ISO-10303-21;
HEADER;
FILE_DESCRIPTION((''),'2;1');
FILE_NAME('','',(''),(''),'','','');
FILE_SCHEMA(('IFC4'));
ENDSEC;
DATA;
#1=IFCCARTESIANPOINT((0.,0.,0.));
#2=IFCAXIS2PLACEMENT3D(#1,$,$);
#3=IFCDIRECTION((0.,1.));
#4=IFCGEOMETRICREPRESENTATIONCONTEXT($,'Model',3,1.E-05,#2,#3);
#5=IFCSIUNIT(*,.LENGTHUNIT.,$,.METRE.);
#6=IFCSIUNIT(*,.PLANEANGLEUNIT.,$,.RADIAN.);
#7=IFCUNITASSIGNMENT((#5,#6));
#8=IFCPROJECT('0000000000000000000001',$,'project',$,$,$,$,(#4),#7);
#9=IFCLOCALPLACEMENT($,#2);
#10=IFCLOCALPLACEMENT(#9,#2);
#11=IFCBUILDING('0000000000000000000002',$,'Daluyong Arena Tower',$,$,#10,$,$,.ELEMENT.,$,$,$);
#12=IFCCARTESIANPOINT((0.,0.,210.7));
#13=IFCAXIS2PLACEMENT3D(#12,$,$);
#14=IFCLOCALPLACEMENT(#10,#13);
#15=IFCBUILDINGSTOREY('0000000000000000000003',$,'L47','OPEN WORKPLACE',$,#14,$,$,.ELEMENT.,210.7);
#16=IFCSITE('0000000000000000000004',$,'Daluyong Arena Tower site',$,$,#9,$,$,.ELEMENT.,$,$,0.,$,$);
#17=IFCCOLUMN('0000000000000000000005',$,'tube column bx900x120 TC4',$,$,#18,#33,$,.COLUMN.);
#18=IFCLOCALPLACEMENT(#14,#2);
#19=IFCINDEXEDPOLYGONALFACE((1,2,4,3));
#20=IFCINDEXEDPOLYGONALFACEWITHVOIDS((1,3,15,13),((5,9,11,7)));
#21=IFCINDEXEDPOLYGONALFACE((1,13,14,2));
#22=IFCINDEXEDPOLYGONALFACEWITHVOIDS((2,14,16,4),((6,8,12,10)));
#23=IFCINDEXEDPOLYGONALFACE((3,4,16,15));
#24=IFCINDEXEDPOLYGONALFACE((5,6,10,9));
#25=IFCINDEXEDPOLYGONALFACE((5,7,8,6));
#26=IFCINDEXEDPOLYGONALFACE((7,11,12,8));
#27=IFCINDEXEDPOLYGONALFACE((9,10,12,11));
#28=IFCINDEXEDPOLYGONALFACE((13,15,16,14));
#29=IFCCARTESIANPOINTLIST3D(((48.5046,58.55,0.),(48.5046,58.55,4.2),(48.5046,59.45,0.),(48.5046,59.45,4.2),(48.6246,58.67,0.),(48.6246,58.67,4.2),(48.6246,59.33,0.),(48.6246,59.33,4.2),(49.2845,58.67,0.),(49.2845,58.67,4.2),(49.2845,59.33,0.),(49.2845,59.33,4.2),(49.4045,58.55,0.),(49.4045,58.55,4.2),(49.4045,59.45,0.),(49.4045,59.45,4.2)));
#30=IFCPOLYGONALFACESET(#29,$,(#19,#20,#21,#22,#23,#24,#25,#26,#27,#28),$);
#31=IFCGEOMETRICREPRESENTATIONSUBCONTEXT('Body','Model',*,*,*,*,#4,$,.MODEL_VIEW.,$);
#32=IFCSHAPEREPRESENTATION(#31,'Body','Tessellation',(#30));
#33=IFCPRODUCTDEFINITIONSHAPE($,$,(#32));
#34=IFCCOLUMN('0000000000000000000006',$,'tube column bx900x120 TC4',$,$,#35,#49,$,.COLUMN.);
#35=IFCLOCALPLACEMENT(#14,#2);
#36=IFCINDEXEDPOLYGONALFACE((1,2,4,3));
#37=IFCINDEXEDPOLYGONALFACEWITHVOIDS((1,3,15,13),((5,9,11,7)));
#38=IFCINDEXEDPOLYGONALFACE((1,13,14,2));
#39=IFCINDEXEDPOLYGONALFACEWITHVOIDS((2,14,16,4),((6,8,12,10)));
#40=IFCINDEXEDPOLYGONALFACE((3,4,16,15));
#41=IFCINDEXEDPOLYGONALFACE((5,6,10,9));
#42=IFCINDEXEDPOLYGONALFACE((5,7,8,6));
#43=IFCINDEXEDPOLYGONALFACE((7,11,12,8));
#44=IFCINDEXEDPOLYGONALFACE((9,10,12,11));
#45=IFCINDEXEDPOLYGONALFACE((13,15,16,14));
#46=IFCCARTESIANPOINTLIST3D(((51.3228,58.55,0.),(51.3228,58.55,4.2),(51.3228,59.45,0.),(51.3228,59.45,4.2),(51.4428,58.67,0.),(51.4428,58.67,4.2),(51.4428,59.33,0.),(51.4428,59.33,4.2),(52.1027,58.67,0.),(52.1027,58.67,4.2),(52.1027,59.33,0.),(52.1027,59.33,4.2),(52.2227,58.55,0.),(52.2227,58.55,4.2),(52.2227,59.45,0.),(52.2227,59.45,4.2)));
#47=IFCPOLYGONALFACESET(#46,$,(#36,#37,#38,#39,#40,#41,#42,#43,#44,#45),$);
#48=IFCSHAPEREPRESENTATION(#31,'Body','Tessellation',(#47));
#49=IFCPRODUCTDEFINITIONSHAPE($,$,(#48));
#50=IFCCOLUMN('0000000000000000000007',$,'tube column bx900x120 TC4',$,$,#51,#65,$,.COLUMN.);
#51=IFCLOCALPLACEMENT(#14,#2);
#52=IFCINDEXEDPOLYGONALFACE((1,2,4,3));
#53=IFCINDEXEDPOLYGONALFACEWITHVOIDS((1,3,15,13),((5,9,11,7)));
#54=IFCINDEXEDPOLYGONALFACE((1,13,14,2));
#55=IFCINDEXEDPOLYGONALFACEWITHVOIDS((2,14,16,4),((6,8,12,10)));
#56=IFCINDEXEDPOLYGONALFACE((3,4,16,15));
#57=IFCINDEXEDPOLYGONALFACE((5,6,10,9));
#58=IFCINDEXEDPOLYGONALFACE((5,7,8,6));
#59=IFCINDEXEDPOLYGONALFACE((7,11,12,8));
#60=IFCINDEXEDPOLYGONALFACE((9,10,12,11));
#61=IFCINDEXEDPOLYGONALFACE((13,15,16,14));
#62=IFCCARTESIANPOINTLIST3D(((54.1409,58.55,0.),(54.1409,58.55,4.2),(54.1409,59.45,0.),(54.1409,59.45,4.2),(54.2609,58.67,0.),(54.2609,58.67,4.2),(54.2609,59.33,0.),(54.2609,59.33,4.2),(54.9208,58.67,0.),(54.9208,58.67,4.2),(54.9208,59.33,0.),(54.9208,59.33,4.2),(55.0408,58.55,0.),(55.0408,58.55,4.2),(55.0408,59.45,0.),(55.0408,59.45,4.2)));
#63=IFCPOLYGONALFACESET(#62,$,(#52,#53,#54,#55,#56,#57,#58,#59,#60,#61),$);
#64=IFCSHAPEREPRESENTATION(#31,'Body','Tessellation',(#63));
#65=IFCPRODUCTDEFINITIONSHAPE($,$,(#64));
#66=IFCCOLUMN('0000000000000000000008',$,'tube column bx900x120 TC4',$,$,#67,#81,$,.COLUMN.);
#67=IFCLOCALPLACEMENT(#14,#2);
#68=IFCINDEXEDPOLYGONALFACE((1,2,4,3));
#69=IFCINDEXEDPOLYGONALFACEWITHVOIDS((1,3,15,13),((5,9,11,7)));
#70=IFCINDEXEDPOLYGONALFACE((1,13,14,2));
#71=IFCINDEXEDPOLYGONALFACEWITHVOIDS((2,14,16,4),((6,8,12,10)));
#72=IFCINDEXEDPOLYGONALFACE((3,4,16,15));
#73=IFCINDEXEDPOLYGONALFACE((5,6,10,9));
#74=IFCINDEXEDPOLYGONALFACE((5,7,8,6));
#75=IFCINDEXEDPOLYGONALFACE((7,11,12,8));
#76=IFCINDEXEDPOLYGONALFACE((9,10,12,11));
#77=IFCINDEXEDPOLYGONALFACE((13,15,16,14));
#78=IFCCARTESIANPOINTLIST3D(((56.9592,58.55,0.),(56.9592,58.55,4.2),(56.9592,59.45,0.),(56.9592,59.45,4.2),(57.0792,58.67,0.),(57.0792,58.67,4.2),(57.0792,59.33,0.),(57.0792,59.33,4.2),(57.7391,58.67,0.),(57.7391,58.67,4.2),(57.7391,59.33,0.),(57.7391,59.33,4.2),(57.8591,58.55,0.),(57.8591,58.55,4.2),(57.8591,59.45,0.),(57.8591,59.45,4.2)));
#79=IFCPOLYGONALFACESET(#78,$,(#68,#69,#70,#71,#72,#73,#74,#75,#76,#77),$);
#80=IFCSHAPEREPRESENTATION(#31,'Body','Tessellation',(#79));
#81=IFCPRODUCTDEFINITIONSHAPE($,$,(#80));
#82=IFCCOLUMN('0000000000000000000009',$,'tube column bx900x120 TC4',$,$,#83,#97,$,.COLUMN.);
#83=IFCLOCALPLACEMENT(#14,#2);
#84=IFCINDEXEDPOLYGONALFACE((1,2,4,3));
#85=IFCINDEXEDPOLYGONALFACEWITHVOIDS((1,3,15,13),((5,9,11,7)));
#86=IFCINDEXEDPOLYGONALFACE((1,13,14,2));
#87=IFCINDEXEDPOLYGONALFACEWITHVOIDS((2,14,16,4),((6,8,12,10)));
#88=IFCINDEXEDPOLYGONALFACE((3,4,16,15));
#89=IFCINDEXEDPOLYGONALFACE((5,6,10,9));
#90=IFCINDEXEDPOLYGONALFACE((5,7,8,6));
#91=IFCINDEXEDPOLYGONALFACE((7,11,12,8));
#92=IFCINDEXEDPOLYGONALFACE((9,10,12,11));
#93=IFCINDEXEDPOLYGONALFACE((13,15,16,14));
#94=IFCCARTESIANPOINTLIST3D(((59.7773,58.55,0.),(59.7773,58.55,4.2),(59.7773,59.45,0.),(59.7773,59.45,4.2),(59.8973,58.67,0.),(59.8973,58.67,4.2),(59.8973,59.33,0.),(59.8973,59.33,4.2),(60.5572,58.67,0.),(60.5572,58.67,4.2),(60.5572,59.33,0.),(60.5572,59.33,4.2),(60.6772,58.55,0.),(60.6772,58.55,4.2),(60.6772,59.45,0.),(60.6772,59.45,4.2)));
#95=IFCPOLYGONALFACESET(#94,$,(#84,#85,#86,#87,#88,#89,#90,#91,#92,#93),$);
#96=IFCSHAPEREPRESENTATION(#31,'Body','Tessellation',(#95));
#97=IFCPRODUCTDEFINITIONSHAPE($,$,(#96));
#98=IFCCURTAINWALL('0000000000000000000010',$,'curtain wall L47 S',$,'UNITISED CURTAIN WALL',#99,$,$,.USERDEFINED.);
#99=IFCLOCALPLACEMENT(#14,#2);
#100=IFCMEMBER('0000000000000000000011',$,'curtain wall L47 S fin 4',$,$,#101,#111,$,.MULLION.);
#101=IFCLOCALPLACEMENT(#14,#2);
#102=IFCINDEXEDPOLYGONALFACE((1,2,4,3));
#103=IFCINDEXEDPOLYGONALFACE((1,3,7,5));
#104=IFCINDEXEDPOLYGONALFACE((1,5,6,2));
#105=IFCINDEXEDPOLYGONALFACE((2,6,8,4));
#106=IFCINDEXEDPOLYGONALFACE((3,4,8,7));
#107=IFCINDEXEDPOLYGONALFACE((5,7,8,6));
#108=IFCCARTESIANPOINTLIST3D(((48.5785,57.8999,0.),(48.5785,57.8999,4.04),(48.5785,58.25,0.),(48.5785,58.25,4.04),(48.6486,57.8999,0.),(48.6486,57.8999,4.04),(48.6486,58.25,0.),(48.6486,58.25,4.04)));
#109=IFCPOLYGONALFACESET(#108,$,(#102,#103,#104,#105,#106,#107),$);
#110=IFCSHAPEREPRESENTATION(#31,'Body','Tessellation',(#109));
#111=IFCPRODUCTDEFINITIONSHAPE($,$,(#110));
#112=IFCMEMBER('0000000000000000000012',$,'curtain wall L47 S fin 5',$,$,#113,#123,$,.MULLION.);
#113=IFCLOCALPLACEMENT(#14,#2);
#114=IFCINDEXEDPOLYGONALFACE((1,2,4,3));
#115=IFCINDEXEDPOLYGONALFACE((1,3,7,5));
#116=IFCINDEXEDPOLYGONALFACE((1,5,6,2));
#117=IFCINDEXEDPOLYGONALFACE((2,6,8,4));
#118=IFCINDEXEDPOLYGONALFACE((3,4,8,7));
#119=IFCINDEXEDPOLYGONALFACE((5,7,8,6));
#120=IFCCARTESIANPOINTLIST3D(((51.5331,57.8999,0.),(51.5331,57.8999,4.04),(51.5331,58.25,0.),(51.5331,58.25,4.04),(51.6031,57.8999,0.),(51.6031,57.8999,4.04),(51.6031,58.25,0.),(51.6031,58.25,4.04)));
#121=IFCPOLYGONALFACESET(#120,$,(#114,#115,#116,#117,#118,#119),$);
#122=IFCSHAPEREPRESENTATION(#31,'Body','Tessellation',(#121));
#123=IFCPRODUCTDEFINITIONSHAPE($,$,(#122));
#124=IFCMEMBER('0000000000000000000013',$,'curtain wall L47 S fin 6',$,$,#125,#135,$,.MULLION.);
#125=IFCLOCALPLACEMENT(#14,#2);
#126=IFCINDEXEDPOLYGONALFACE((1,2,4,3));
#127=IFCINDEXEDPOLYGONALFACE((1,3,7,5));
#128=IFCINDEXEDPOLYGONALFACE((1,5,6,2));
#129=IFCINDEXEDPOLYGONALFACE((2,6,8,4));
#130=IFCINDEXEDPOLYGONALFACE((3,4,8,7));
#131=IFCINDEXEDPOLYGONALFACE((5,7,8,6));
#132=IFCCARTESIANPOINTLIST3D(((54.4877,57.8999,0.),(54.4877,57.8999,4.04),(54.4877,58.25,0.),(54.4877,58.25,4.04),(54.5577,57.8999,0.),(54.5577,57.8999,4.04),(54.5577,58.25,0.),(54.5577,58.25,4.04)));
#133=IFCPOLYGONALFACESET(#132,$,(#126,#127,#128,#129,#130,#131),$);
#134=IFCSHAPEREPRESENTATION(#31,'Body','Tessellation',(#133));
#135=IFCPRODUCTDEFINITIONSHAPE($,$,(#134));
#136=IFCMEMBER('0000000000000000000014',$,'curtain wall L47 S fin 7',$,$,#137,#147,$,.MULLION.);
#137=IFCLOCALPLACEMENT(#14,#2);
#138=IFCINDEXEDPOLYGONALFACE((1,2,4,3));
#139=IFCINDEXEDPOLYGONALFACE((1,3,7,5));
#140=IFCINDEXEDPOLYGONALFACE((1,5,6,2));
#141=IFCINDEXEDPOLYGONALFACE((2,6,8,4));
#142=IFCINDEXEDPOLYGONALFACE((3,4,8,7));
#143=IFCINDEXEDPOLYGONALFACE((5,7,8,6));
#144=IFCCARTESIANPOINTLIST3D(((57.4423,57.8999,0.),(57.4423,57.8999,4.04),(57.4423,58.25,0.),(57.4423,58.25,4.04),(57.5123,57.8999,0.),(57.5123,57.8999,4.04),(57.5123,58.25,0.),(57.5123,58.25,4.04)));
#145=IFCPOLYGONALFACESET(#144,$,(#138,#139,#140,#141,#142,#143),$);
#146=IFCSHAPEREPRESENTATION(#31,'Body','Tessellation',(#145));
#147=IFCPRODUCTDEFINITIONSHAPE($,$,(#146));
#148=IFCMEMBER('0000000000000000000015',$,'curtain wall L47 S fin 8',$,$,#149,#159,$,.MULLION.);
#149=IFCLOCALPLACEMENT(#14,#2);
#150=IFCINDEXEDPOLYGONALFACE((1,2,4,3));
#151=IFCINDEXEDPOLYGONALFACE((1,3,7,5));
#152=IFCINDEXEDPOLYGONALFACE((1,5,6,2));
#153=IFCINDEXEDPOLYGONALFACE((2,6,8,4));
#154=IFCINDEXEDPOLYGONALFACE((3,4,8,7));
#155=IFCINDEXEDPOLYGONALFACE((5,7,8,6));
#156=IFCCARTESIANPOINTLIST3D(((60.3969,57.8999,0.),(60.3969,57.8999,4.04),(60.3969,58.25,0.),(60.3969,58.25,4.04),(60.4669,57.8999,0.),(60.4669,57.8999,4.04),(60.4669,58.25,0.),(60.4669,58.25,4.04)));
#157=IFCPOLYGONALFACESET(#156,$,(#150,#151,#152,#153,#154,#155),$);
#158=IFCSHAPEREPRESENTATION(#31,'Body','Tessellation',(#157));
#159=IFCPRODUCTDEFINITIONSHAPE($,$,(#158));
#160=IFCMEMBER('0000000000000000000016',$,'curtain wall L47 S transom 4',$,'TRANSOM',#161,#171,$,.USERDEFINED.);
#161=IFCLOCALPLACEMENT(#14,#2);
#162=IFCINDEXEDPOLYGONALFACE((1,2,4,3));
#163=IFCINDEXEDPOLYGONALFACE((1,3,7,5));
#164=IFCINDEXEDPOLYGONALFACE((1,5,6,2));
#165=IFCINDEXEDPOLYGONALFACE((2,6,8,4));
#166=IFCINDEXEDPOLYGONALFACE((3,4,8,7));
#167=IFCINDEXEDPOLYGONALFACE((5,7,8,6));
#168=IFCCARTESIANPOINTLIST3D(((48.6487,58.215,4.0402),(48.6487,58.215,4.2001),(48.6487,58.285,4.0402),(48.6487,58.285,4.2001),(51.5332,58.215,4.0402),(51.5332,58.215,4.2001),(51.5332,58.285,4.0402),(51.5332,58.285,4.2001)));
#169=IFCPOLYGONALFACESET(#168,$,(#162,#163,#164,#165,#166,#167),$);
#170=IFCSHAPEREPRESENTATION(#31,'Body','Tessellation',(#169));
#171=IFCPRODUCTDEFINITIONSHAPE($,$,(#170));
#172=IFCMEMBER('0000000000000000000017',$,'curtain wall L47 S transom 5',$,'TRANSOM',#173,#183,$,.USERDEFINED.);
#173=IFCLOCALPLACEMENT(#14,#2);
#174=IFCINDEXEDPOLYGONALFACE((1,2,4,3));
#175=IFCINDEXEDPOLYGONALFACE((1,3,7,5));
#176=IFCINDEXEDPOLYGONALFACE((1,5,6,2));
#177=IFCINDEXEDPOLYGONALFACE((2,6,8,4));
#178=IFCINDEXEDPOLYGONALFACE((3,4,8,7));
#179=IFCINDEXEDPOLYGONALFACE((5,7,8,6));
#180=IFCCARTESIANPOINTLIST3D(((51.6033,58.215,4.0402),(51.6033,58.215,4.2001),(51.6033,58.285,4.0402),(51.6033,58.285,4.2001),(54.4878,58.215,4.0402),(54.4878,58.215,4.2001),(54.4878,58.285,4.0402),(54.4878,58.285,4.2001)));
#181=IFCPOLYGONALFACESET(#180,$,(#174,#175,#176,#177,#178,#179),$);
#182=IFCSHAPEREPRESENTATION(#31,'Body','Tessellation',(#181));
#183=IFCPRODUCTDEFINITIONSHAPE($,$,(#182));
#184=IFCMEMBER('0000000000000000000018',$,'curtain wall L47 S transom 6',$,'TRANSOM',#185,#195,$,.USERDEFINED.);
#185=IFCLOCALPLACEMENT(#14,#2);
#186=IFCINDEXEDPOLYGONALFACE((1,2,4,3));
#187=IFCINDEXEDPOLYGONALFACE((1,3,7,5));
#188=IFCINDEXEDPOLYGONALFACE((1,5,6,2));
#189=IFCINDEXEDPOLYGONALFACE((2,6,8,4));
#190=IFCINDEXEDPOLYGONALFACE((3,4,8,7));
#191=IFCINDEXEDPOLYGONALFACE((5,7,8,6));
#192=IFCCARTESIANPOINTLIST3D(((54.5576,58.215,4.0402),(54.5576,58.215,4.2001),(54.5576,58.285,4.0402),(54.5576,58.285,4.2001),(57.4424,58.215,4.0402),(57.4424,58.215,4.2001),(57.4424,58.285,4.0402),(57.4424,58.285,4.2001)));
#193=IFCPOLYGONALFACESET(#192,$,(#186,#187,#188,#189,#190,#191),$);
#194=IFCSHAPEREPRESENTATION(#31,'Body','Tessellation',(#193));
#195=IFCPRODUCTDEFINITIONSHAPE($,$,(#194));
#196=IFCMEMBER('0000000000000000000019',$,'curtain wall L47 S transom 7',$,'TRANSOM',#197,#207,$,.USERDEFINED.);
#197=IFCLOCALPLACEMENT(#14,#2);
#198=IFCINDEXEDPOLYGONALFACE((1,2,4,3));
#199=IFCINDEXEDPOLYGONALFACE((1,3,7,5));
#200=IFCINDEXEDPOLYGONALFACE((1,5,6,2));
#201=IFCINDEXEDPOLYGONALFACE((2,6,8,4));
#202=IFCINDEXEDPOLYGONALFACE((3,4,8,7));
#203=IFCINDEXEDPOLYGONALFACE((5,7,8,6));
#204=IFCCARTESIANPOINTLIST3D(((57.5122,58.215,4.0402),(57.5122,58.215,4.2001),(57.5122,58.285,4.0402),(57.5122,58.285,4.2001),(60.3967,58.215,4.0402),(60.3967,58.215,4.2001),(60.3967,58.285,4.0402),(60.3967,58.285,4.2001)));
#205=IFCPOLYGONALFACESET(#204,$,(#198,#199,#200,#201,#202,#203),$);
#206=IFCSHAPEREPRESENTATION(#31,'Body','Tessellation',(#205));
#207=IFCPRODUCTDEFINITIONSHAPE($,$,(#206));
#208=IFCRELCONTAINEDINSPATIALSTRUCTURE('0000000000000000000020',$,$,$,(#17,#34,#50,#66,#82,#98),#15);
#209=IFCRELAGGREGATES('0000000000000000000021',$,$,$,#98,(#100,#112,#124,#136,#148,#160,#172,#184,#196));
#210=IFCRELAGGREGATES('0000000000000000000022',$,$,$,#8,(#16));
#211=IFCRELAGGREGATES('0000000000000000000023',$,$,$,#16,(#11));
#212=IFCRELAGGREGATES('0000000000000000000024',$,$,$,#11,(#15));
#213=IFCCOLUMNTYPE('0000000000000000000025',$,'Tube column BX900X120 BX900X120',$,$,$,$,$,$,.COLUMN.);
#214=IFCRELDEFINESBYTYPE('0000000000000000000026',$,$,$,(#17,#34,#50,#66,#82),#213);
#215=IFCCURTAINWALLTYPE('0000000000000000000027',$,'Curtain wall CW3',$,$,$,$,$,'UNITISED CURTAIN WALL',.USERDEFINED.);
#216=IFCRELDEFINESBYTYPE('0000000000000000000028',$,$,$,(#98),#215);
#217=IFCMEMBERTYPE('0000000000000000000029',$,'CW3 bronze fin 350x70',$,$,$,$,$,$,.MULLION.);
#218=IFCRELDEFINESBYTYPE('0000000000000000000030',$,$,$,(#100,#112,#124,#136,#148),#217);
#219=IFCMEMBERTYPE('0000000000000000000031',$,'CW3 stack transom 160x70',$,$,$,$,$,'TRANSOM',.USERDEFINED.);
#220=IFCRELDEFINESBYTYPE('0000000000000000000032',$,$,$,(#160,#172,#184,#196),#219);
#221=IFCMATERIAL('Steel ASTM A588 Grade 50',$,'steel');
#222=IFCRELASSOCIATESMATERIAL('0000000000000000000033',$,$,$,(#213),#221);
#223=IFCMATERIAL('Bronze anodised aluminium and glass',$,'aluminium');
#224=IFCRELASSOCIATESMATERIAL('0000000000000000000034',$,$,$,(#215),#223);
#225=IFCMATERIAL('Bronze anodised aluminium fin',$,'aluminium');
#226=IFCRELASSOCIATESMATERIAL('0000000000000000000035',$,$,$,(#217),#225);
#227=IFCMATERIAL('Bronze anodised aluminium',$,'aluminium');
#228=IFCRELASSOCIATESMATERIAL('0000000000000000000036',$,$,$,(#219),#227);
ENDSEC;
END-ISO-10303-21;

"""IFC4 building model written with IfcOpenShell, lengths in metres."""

from ifc_helpers import new_model, si_unit, direction, frame, origin, origin_2d, place, context, subcontext, project, spatial, rectangle, hollow_rectangle, extrude, material, material_profile, profile_set, type_object, element, aggregate, save


model = new_model("IFC4")

# Units and contexts
model_context = context("Model", 3, precision=1e-05, world=origin(), true_north=direction((0.0, 1.0)))
body_context = subcontext(model_context, "Body", "Model", "MODEL_VIEW")
ifc_project = project(units=[si_unit("LENGTHUNIT", "METRE"), si_unit("PLANEANGLEUNIT", "RADIAN")], contexts=[model_context])

# Site, building, storey
site_placement = place(None, origin())
site = spatial("IfcSite", under=ifc_project, at=site_placement, Name="Daluyong Arena Tower site", CompositionType="ELEMENT", RefElevation=0.0)
building_placement = place(site_placement, origin())
building = spatial("IfcBuilding", under=site, at=building_placement, Name="Daluyong Arena Tower", CompositionType="ELEMENT")
storey_placement = place(building_placement, frame((0.0, 0.0, 210.7)))
storey = spatial("IfcBuildingStorey", under=building, at=storey_placement, Name="L47", Description="OPEN WORKPLACE", CompositionType="ELEMENT", Elevation=210.7)

# Columns
ifc_material_1 = material(Name="Steel ASTM A588 Grade 50", Category="steel")
ifc_material_profile_1 = material_profile(ifc_material_1, hollow_rectangle(XDim=0.8999, YDim=0.8999, WallThickness=0.12, at=origin_2d()))
ifc_profile_set_1 = profile_set([ifc_material_profile_1], Name="Steel ASTM A588 Grade 50")
column_type = type_object("IfcColumnType", Name="Tube column BX900X120 BX900X120", PredefinedType="COLUMN", material=ifc_profile_set_1)
for number, where, z_axis, x_axis, name in (
    (1, (48.9546, 59.0, 0.0), (0.0, 0.0, 1.0), (1.0, 0.0, 0.0), "tube column bx900x120 TC4"),
    (2, (51.7727, 59.0, 0.0), (0.0, 0.0, 1.0), (1.0, 0.0, 0.0), "tube column bx900x120 TC4"),
    (3, (54.5908, 59.0, 0.0), (0.0, 0.0, 1.0), (1.0, 0.0, 0.0), "tube column bx900x120 TC4"),
    (4, (57.4092, 59.0, 0.0), (0.0, 0.0, 1.0), (1.0, 0.0, 0.0), "tube column bx900x120 TC4"),
    (5, (60.2273, 59.0, 0.0), (0.0, 0.0, 1.0), (1.0, 0.0, 0.0), "tube column bx900x120 TC4"),
):
    element("IfcColumn", number, at=place(storey_placement, frame(where, z_axis=z_axis, x_axis=x_axis)), inside=storey, type_object=column_type, Name=name, PredefinedType="COLUMN", context=body_context, shape_type="SweptSolid", body=[
        extrude(hollow_rectangle(XDim=0.8999, YDim=0.8999, WallThickness=0.12, at=origin_2d()), origin(), (0.0, 0.0, 1.0), 4.2),
    ])

# Curtain wall, members
ifc_material_2 = material(Name="Bronze anodised aluminium and glass", Category="aluminium")
curtain_wall_type = type_object("IfcCurtainWallType", Name="Curtain wall CW3", ElementType="UNITISED CURTAIN WALL", PredefinedType="USERDEFINED", material=ifc_material_2)
curtain_wall_placement = place(storey_placement, origin())
curtain_wall = element("IfcCurtainWall", 6, at=curtain_wall_placement, inside=storey, type_object=curtain_wall_type, Name="curtain wall L47 S", ObjectType="UNITISED CURTAIN WALL", PredefinedType="USERDEFINED")
ifc_material_3 = material(Name="Bronze anodised aluminium fin", Category="aluminium")
ifc_material_profile_2 = material_profile(ifc_material_3, rectangle(XDim=0.3501, YDim=0.0701, at=origin_2d()))
ifc_profile_set_2 = profile_set([ifc_material_profile_2], Name="Bronze anodised aluminium fin")
member_type_1 = type_object("IfcMemberType", Name="CW3 bronze fin 350x70", PredefinedType="MULLION", material=ifc_profile_set_2)
member_1_placement = place(storey_placement, frame((48.6135, 58.075, 0.0), z_axis=(0.0, 0.0, 1.0), x_axis=(0.0, 1.0, 0.0)))
member_1 = element("IfcMember", 7, at=member_1_placement, type_object=member_type_1, Name="curtain wall L47 S fin 4", PredefinedType="MULLION", context=body_context, shape_type="SweptSolid", body=[
    extrude(rectangle(XDim=0.3501, YDim=0.0701, at=origin_2d()), origin(), (0.0, 0.0, 1.0), 4.04),
])
member_2_placement = place(storey_placement, frame((51.5681, 58.075, 0.0), z_axis=(0.0, 0.0, 1.0), x_axis=(0.0, 1.0, 0.0)))
member_2 = element("IfcMember", 8, at=member_2_placement, type_object=member_type_1, Name="curtain wall L47 S fin 5", PredefinedType="MULLION", context=body_context, shape_type="SweptSolid", body=[
    extrude(rectangle(XDim=0.3501, YDim=0.0701, at=origin_2d()), origin(), (0.0, 0.0, 1.0), 4.04),
])
member_3_placement = place(storey_placement, frame((54.5227, 58.075, 0.0), z_axis=(0.0, 0.0, 1.0), x_axis=(0.0, 1.0, 0.0)))
member_3 = element("IfcMember", 9, at=member_3_placement, type_object=member_type_1, Name="curtain wall L47 S fin 6", PredefinedType="MULLION", context=body_context, shape_type="SweptSolid", body=[
    extrude(rectangle(XDim=0.3501, YDim=0.0701, at=origin_2d()), origin(), (0.0, 0.0, 1.0), 4.04),
])
member_4_placement = place(storey_placement, frame((57.4773, 58.075, 0.0), z_axis=(0.0, 0.0, 1.0), x_axis=(0.0, 1.0, 0.0)))
member_4 = element("IfcMember", 10, at=member_4_placement, type_object=member_type_1, Name="curtain wall L47 S fin 7", PredefinedType="MULLION", context=body_context, shape_type="SweptSolid", body=[
    extrude(rectangle(XDim=0.3501, YDim=0.0701, at=origin_2d()), origin(), (0.0, 0.0, 1.0), 4.04),
])
member_5_placement = place(storey_placement, frame((60.4319, 58.075, 0.0), z_axis=(0.0, 0.0, 1.0), x_axis=(0.0, 1.0, 0.0)))
member_5 = element("IfcMember", 11, at=member_5_placement, type_object=member_type_1, Name="curtain wall L47 S fin 8", PredefinedType="MULLION", context=body_context, shape_type="SweptSolid", body=[
    extrude(rectangle(XDim=0.3501, YDim=0.0701, at=origin_2d()), origin(), (0.0, 0.0, 1.0), 4.04),
])
ifc_material_4 = material(Name="Bronze anodised aluminium", Category="aluminium")
ifc_material_profile_3 = material_profile(ifc_material_4, rectangle(XDim=0.0701, YDim=0.1599, at=origin_2d()))
ifc_profile_set_3 = profile_set([ifc_material_profile_3], Name="Bronze anodised aluminium")
member_type_2 = type_object("IfcMemberType", Name="CW3 stack transom 160x70", ElementType="TRANSOM", PredefinedType="USERDEFINED", material=ifc_profile_set_3)
member_6_placement = place(storey_placement, frame((48.6487, 58.25, 4.1201), z_axis=(1.0, 0.0, 0.0), x_axis=(0.0, 1.0, 0.0)))
member_6 = element("IfcMember", 12, at=member_6_placement, type_object=member_type_2, Name="curtain wall L47 S transom 4", ObjectType="TRANSOM", PredefinedType="USERDEFINED", context=body_context, shape_type="SweptSolid", body=[
    extrude(rectangle(XDim=0.0701, YDim=0.1599, at=origin_2d()), origin(), (0.0, 0.0, 1.0), 2.8845),
])
member_7_placement = place(storey_placement, frame((51.6033, 58.25, 4.1201), z_axis=(1.0, 0.0, 0.0), x_axis=(0.0, 1.0, 0.0)))
member_7 = element("IfcMember", 13, at=member_7_placement, type_object=member_type_2, Name="curtain wall L47 S transom 5", ObjectType="TRANSOM", PredefinedType="USERDEFINED", context=body_context, shape_type="SweptSolid", body=[
    extrude(rectangle(XDim=0.0701, YDim=0.1599, at=origin_2d()), origin(), (0.0, 0.0, 1.0), 2.8845),
])
member_8_placement = place(storey_placement, frame((54.5576, 58.25, 4.1201), z_axis=(1.0, 0.0, 0.0), x_axis=(0.0, 1.0, 0.0)))
member_8 = element("IfcMember", 14, at=member_8_placement, type_object=member_type_2, Name="curtain wall L47 S transom 6", ObjectType="TRANSOM", PredefinedType="USERDEFINED", context=body_context, shape_type="SweptSolid", body=[
    extrude(rectangle(XDim=0.0701, YDim=0.1599, at=origin_2d()), origin(), (0.0, 0.0, 1.0), 2.8848),
])
member_9_placement = place(storey_placement, frame((57.5122, 58.25, 4.1201), z_axis=(1.0, 0.0, 0.0), x_axis=(0.0, 1.0, 0.0)))
member_9 = element("IfcMember", 15, at=member_9_placement, type_object=member_type_2, Name="curtain wall L47 S transom 7", ObjectType="TRANSOM", PredefinedType="USERDEFINED", context=body_context, shape_type="SweptSolid", body=[
    extrude(rectangle(XDim=0.0701, YDim=0.1599, at=origin_2d()), origin(), (0.0, 0.0, 1.0), 2.8845),
])

aggregate(curtain_wall, [member_1, member_2, member_3, member_4, member_5, member_6, member_7, member_8, member_9])

save(model, "model.ifc")
